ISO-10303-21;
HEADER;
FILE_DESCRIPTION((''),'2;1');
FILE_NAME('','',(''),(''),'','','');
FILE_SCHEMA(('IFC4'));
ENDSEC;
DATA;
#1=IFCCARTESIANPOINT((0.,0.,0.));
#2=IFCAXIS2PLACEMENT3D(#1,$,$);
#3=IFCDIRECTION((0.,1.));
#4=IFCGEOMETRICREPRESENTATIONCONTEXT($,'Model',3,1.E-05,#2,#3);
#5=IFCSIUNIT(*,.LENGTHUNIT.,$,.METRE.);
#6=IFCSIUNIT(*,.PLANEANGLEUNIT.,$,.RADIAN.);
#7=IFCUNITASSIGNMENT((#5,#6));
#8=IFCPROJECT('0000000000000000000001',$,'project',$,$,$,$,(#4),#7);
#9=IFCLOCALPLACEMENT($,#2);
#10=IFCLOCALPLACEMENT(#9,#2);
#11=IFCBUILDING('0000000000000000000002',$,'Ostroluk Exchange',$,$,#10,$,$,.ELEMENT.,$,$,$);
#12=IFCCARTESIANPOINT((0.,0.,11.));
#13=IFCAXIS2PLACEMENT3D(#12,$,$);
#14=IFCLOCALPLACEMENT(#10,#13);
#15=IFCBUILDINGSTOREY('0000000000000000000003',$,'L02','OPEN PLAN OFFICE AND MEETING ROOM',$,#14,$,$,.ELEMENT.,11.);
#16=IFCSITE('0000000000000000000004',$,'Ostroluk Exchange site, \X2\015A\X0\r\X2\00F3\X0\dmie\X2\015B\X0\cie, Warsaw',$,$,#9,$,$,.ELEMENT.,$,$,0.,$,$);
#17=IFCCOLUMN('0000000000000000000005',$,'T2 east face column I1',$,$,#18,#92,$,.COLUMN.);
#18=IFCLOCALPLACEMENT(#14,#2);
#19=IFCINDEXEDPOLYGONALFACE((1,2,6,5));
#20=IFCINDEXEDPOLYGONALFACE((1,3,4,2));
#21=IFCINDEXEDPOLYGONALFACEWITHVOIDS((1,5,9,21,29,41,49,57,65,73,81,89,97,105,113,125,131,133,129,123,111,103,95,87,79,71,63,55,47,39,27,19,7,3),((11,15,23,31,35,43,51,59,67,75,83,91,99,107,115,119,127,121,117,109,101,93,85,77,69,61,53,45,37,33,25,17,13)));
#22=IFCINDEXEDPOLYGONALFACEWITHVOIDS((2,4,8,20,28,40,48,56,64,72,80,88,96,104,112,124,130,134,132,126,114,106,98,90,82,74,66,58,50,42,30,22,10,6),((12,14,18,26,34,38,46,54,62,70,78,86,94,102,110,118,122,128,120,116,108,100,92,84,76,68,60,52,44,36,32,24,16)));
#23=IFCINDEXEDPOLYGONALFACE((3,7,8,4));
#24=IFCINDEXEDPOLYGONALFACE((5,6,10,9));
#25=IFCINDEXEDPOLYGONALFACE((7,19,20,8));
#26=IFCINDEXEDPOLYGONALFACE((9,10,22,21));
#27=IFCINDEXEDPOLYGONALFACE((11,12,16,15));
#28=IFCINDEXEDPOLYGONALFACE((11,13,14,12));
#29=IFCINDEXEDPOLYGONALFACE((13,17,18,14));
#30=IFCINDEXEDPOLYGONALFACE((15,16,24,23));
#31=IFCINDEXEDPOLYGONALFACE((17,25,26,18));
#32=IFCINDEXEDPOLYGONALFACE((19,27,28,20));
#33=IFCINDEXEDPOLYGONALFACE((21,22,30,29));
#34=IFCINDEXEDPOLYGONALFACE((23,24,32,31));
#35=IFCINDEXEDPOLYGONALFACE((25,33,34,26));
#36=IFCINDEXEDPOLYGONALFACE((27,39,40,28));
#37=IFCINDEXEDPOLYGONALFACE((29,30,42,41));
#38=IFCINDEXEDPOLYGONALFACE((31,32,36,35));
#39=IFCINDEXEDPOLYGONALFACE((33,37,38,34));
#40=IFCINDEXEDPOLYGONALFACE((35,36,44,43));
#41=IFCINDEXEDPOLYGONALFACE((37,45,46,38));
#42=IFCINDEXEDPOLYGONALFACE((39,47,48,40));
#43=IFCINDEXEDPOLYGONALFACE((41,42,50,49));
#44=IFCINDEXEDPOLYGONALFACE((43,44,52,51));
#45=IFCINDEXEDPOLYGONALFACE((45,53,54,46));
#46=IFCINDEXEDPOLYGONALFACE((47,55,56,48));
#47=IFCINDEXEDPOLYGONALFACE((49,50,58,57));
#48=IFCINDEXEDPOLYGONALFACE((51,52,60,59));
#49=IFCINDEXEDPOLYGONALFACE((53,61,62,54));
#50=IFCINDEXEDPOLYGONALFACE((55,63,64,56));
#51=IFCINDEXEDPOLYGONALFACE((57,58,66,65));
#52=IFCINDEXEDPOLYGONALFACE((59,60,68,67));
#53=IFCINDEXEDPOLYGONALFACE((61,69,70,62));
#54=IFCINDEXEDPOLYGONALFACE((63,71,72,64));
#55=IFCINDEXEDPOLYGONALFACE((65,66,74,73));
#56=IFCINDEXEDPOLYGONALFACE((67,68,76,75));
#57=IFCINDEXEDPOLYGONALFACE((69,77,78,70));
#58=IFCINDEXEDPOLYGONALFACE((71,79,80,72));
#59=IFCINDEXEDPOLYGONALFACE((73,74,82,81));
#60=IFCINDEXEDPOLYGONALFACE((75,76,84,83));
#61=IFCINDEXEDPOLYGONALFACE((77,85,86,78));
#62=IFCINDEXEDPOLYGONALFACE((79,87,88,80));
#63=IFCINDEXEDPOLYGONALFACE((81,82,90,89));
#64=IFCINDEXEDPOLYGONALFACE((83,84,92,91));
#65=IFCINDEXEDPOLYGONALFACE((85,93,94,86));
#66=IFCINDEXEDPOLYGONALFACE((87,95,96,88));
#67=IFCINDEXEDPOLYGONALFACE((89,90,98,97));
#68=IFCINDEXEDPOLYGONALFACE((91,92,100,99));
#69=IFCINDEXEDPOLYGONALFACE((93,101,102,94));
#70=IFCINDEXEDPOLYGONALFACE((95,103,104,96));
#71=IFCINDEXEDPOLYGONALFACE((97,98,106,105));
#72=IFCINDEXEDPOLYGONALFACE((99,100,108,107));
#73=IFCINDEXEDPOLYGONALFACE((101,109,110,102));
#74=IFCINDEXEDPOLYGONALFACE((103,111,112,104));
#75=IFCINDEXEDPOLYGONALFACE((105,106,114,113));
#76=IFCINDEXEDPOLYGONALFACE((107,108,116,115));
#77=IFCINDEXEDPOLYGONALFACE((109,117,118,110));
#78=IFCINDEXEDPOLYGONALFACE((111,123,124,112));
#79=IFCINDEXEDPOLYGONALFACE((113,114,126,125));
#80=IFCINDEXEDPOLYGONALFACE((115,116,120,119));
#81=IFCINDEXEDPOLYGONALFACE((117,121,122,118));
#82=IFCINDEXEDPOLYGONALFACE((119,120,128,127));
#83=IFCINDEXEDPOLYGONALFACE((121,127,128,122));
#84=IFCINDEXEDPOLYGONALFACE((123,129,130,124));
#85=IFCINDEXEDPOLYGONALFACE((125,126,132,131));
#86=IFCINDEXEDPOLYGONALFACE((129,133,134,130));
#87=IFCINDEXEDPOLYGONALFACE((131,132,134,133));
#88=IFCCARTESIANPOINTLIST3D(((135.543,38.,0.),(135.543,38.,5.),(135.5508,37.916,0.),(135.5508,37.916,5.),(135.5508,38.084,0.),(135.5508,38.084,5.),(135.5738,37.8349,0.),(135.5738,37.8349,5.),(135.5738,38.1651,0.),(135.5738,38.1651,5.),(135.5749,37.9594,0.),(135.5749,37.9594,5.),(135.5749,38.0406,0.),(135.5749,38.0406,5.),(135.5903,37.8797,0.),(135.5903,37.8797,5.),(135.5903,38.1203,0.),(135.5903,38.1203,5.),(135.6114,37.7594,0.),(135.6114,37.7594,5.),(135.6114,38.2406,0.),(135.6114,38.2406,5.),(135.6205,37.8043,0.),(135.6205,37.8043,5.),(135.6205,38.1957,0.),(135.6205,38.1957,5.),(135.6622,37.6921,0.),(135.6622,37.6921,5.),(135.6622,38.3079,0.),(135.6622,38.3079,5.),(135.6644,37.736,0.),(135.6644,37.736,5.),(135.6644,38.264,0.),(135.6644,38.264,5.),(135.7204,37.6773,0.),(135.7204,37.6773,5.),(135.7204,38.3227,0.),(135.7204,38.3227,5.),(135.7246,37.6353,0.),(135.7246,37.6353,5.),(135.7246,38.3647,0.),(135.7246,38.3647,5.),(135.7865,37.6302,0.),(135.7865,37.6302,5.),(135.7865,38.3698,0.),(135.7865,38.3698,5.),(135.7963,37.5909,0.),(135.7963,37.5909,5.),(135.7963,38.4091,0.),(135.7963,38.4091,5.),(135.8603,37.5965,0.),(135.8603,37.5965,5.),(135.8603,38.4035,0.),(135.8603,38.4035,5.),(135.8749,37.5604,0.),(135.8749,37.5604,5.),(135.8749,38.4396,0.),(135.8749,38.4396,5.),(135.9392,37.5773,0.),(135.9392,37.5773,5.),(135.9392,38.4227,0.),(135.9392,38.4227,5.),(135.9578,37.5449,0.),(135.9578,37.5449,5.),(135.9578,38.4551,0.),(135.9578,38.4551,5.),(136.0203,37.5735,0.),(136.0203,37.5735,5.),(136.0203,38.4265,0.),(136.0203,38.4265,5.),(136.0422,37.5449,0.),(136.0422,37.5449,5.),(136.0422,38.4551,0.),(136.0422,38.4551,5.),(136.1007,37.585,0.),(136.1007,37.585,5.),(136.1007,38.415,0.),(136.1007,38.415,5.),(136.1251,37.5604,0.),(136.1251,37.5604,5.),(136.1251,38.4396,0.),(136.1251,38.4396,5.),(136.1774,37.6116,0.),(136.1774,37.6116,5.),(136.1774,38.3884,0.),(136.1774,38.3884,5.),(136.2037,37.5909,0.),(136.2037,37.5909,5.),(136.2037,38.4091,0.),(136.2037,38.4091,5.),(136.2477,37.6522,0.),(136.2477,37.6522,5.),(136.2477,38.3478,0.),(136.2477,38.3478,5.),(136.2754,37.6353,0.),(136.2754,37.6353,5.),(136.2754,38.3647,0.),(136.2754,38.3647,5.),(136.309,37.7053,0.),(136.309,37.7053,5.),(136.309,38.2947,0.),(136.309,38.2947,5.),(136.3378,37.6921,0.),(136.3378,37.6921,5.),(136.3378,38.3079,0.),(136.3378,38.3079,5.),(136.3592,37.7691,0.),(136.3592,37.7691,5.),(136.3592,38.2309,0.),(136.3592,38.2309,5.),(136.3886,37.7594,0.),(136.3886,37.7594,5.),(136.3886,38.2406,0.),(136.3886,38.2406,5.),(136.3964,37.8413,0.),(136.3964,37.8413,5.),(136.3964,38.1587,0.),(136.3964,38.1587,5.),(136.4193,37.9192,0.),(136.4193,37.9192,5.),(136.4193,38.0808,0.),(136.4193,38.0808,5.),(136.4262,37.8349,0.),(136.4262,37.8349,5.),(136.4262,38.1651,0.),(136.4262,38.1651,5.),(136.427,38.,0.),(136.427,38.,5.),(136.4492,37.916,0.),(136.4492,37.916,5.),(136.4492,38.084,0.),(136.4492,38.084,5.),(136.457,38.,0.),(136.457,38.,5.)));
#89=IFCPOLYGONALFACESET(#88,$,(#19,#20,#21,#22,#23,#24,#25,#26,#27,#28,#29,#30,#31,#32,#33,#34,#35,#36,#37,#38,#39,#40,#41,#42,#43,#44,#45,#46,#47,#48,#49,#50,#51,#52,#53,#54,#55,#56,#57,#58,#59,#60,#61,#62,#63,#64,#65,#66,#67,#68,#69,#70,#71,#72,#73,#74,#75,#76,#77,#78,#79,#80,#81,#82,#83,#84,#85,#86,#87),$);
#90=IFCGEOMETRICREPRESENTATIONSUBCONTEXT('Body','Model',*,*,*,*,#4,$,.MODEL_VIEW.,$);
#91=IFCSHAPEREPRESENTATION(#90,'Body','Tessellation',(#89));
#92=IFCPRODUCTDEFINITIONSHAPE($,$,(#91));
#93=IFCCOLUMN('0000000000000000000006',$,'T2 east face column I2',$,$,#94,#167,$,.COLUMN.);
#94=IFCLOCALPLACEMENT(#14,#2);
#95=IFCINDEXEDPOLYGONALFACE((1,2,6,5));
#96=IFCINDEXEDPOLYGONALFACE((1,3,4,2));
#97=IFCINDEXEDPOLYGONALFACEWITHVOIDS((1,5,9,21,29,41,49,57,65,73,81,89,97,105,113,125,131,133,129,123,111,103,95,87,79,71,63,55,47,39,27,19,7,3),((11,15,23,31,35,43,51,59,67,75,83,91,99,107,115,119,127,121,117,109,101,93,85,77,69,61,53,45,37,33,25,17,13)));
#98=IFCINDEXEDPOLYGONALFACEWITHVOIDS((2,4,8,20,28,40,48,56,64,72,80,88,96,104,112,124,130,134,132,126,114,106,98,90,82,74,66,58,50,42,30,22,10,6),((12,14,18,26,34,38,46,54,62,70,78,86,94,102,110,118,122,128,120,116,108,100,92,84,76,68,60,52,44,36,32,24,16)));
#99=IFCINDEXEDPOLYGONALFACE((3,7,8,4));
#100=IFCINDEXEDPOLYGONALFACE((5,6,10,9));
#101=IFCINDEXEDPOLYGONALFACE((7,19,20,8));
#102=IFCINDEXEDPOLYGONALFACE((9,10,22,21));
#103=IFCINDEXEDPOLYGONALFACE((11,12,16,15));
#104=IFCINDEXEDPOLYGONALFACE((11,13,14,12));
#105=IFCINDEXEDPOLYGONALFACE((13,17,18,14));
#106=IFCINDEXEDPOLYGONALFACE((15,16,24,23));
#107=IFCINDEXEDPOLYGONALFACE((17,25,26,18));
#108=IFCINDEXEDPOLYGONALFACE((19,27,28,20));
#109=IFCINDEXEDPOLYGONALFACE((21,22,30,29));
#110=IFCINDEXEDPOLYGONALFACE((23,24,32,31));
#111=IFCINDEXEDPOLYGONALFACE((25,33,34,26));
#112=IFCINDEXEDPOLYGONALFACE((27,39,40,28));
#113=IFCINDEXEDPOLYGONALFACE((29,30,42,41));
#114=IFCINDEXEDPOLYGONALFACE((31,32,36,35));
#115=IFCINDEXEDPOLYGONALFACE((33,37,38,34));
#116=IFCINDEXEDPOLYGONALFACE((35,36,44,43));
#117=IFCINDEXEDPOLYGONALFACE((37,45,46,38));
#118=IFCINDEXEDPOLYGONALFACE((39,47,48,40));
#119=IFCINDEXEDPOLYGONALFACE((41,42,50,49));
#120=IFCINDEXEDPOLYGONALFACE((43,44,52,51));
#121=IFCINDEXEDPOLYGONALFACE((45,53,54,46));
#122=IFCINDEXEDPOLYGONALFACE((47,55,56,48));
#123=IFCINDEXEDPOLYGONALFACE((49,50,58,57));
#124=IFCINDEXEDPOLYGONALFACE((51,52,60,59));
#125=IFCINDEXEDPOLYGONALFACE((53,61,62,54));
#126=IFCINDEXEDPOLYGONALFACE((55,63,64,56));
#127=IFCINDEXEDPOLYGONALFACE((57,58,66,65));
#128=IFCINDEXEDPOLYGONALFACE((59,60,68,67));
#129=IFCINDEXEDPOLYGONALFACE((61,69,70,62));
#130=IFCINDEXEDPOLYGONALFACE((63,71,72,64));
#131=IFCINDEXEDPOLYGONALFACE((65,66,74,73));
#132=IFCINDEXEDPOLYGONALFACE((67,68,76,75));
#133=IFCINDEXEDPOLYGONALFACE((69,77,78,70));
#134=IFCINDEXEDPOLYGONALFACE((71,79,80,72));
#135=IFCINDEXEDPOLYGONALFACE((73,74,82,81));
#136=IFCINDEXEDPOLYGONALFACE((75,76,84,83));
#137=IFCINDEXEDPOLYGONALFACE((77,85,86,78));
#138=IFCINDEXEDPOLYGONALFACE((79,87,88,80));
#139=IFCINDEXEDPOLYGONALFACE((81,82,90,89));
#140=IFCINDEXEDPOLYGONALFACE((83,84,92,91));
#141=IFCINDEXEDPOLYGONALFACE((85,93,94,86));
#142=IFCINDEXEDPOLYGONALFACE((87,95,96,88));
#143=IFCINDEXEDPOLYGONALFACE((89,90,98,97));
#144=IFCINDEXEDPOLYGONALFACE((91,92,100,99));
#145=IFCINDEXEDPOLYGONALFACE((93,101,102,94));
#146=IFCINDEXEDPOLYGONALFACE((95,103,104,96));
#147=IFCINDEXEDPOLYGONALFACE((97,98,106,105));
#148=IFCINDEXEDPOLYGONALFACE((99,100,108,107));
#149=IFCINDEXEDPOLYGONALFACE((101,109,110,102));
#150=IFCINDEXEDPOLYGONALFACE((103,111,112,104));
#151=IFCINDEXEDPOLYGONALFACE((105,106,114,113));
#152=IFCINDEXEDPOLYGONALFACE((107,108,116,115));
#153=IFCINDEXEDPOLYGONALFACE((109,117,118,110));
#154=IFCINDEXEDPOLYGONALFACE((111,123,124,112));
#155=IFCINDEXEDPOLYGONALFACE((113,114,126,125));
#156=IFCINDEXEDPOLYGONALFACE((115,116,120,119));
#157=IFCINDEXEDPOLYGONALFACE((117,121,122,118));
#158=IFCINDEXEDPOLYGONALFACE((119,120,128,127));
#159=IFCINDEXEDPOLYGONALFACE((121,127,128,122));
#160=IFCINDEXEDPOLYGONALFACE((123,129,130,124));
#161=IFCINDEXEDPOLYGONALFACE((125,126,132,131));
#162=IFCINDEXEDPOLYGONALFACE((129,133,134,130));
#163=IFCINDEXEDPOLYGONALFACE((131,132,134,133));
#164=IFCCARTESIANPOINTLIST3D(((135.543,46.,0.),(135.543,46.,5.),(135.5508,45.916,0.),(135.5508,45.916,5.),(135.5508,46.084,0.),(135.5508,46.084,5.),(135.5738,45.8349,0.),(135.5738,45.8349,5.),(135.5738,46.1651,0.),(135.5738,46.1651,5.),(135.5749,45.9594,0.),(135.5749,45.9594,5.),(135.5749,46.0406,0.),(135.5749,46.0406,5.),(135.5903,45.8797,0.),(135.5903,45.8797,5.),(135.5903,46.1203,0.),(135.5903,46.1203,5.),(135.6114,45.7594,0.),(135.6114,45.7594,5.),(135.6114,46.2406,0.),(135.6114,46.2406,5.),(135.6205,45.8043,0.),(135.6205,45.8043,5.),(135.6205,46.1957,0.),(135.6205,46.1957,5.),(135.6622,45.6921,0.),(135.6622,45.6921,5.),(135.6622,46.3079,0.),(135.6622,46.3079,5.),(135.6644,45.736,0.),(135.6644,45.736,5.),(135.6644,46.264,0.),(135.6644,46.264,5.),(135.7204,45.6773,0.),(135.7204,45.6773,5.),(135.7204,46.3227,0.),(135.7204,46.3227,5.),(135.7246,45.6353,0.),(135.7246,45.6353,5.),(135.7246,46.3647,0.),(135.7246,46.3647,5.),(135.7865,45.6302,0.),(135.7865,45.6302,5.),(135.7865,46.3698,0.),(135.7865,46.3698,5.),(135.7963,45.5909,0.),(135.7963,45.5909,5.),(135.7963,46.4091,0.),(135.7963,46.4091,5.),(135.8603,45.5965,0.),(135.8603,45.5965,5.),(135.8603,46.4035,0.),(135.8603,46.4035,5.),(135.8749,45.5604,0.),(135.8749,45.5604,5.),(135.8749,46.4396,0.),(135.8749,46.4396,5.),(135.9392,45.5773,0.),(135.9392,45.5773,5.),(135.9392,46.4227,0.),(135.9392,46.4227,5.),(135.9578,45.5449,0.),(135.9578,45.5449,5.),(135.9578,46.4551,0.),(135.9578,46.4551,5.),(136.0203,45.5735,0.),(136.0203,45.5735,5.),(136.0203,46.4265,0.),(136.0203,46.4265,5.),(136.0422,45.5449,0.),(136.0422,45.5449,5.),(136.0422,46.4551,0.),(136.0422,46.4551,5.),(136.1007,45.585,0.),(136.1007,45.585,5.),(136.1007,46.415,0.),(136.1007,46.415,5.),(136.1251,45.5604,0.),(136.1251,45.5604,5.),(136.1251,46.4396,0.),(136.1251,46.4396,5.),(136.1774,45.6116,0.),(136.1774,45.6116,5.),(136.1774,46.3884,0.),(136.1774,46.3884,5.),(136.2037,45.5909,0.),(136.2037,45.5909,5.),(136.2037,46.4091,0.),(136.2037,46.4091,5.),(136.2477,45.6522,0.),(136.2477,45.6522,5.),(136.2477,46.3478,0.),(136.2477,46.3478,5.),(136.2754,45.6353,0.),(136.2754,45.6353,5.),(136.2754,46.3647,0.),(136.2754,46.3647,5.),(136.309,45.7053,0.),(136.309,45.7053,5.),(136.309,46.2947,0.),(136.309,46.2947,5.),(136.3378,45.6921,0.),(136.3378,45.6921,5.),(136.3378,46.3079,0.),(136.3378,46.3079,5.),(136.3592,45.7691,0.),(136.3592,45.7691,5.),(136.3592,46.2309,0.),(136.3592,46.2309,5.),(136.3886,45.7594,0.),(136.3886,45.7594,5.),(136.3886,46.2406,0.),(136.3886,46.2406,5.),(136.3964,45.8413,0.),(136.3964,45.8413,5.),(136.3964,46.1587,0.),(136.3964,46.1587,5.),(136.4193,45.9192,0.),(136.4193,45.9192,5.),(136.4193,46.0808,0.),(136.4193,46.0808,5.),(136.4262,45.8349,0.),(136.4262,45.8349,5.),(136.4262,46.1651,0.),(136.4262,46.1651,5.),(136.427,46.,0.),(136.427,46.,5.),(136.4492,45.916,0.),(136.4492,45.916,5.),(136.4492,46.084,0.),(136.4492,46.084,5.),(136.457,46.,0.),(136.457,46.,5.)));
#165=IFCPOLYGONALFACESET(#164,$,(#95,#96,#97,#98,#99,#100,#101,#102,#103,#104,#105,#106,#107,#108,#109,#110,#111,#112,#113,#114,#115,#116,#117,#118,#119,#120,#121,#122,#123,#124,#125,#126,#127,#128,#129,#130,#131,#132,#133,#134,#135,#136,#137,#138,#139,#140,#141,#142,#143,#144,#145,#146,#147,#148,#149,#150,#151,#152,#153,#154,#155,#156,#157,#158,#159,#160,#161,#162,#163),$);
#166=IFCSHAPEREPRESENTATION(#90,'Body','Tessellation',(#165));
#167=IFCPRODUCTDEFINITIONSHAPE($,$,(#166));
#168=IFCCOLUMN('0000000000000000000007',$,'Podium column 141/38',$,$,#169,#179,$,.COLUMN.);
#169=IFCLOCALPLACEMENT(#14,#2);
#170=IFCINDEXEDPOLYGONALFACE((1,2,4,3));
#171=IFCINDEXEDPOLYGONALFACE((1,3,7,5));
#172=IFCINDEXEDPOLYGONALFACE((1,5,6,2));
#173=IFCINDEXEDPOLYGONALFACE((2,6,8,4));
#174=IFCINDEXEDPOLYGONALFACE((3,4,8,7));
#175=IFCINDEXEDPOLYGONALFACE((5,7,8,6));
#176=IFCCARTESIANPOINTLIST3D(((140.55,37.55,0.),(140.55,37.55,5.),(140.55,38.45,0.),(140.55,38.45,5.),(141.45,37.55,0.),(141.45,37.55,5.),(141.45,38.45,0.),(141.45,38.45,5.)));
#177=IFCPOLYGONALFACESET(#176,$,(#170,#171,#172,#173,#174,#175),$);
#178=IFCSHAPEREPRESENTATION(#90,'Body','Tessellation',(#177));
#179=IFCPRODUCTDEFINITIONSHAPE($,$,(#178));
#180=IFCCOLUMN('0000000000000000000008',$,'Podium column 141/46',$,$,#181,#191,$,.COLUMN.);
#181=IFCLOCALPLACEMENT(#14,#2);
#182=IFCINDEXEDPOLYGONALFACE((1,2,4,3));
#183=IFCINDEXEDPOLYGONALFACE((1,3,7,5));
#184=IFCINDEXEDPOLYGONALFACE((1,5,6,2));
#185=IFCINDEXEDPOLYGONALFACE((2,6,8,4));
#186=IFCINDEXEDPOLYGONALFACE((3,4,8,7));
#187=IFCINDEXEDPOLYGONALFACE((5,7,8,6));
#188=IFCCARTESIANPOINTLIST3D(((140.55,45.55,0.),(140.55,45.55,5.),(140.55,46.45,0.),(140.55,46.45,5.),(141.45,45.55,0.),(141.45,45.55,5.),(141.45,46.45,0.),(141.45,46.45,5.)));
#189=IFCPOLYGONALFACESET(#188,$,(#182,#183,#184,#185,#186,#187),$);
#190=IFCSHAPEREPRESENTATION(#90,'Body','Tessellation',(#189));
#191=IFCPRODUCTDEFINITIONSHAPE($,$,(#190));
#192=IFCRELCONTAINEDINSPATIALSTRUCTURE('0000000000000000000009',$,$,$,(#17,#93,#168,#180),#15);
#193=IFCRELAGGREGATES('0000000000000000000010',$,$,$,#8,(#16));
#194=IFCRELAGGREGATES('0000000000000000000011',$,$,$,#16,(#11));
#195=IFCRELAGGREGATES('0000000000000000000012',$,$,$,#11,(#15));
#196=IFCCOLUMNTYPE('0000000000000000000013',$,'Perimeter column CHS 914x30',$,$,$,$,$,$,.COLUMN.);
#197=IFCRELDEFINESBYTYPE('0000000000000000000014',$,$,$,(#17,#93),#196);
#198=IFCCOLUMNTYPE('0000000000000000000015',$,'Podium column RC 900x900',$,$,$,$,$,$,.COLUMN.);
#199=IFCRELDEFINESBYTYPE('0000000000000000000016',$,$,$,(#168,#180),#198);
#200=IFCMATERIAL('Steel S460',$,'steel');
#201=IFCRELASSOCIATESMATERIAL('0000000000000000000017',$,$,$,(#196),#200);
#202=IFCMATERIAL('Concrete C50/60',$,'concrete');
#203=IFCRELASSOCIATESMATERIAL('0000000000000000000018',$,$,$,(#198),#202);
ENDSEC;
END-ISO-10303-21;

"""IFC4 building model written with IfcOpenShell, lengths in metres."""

from ifc_helpers import new_model, si_unit, direction, frame, origin, origin_2d, place, context, subcontext, project, spatial, rectangle, hollow_circle, extrude, material, material_profile, profile_set, type_object, element, save


model = new_model("IFC4")

# Units and contexts
model_context = context("Model", 3, precision=1e-05, world=origin(), true_north=direction((0.0, 1.0)))
body_context = subcontext(model_context, "Body", "Model", "MODEL_VIEW")
ifc_project = project(units=[si_unit("LENGTHUNIT", "METRE"), si_unit("PLANEANGLEUNIT", "RADIAN")], contexts=[model_context])

# Site, building, storey
site_placement = place(None, origin())
site = spatial("IfcSite", under=ifc_project, at=site_placement, Name="Ostroluk Exchange site, Śródmieście, Warsaw", CompositionType="ELEMENT", RefElevation=0.0)
building_placement = place(site_placement, origin())
building = spatial("IfcBuilding", under=site, at=building_placement, Name="Ostroluk Exchange", CompositionType="ELEMENT")
storey_placement = place(building_placement, frame((0.0, 0.0, 11.0)))
storey = spatial("IfcBuildingStorey", under=building, at=storey_placement, Name="L02", Description="OPEN PLAN OFFICE AND MEETING ROOM", CompositionType="ELEMENT", Elevation=11.0)

# Columns
ifc_material_1 = material(Name="Steel S460", Category="steel")
ifc_material_profile_1 = material_profile(ifc_material_1, hollow_circle(Radius=0.457, WallThickness=0.03, at=origin_2d()), Name="CHS 914x30")
ifc_profile_set_1 = profile_set([ifc_material_profile_1], Name="Steel S460")
column_type_1 = type_object("IfcColumnType", Name="Perimeter column CHS 914x30", PredefinedType="COLUMN", material=ifc_profile_set_1)
for number, where, z_axis, x_axis, name in (
    (1, (136.0, 38.0, 0.0), (0.0, 0.0, 1.0), (1.0, 0.0, 0.0), "T2 east face column I1"),
    (2, (136.0, 46.0, 0.0), (0.0, 0.0, 1.0), (1.0, 0.0, 0.0), "T2 east face column I2"),
):
    element("IfcColumn", number, at=place(storey_placement, frame(where, z_axis=z_axis, x_axis=x_axis)), inside=storey, type_object=column_type_1, Name=name, PredefinedType="COLUMN", context=body_context, shape_type="SweptSolid", body=[
        extrude(hollow_circle(Radius=0.457, WallThickness=0.03, at=origin_2d()), origin(), (0.0, 0.0, 1.0), 5.0),
    ])
ifc_material_2 = material(Name="Concrete C50/60", Category="concrete")
ifc_material_profile_2 = material_profile(ifc_material_2, rectangle(XDim=0.8999, YDim=0.8999, at=origin_2d()), Name="RC 900x900")
ifc_profile_set_2 = profile_set([ifc_material_profile_2], Name="Concrete C50/60")
column_type_2 = type_object("IfcColumnType", Name="Podium column RC 900x900", PredefinedType="COLUMN", material=ifc_profile_set_2)
for number, where, z_axis, x_axis, name in (
    (3, (141.0, 38.0, 0.0), (0.0, 0.0, 1.0), (1.0, 0.0, 0.0), "Podium column 141/38"),
    (4, (141.0, 46.0, 0.0), (0.0, 0.0, 1.0), (1.0, 0.0, 0.0), "Podium column 141/46"),
):
    element("IfcColumn", number, at=place(storey_placement, frame(where, z_axis=z_axis, x_axis=x_axis)), inside=storey, type_object=column_type_2, Name=name, PredefinedType="COLUMN", context=body_context, shape_type="SweptSolid", body=[
        extrude(rectangle(XDim=0.8999, YDim=0.8999, at=origin_2d()), origin(), (0.0, 0.0, 1.0), 5.0),
    ])

save(model, "model.ifc")
